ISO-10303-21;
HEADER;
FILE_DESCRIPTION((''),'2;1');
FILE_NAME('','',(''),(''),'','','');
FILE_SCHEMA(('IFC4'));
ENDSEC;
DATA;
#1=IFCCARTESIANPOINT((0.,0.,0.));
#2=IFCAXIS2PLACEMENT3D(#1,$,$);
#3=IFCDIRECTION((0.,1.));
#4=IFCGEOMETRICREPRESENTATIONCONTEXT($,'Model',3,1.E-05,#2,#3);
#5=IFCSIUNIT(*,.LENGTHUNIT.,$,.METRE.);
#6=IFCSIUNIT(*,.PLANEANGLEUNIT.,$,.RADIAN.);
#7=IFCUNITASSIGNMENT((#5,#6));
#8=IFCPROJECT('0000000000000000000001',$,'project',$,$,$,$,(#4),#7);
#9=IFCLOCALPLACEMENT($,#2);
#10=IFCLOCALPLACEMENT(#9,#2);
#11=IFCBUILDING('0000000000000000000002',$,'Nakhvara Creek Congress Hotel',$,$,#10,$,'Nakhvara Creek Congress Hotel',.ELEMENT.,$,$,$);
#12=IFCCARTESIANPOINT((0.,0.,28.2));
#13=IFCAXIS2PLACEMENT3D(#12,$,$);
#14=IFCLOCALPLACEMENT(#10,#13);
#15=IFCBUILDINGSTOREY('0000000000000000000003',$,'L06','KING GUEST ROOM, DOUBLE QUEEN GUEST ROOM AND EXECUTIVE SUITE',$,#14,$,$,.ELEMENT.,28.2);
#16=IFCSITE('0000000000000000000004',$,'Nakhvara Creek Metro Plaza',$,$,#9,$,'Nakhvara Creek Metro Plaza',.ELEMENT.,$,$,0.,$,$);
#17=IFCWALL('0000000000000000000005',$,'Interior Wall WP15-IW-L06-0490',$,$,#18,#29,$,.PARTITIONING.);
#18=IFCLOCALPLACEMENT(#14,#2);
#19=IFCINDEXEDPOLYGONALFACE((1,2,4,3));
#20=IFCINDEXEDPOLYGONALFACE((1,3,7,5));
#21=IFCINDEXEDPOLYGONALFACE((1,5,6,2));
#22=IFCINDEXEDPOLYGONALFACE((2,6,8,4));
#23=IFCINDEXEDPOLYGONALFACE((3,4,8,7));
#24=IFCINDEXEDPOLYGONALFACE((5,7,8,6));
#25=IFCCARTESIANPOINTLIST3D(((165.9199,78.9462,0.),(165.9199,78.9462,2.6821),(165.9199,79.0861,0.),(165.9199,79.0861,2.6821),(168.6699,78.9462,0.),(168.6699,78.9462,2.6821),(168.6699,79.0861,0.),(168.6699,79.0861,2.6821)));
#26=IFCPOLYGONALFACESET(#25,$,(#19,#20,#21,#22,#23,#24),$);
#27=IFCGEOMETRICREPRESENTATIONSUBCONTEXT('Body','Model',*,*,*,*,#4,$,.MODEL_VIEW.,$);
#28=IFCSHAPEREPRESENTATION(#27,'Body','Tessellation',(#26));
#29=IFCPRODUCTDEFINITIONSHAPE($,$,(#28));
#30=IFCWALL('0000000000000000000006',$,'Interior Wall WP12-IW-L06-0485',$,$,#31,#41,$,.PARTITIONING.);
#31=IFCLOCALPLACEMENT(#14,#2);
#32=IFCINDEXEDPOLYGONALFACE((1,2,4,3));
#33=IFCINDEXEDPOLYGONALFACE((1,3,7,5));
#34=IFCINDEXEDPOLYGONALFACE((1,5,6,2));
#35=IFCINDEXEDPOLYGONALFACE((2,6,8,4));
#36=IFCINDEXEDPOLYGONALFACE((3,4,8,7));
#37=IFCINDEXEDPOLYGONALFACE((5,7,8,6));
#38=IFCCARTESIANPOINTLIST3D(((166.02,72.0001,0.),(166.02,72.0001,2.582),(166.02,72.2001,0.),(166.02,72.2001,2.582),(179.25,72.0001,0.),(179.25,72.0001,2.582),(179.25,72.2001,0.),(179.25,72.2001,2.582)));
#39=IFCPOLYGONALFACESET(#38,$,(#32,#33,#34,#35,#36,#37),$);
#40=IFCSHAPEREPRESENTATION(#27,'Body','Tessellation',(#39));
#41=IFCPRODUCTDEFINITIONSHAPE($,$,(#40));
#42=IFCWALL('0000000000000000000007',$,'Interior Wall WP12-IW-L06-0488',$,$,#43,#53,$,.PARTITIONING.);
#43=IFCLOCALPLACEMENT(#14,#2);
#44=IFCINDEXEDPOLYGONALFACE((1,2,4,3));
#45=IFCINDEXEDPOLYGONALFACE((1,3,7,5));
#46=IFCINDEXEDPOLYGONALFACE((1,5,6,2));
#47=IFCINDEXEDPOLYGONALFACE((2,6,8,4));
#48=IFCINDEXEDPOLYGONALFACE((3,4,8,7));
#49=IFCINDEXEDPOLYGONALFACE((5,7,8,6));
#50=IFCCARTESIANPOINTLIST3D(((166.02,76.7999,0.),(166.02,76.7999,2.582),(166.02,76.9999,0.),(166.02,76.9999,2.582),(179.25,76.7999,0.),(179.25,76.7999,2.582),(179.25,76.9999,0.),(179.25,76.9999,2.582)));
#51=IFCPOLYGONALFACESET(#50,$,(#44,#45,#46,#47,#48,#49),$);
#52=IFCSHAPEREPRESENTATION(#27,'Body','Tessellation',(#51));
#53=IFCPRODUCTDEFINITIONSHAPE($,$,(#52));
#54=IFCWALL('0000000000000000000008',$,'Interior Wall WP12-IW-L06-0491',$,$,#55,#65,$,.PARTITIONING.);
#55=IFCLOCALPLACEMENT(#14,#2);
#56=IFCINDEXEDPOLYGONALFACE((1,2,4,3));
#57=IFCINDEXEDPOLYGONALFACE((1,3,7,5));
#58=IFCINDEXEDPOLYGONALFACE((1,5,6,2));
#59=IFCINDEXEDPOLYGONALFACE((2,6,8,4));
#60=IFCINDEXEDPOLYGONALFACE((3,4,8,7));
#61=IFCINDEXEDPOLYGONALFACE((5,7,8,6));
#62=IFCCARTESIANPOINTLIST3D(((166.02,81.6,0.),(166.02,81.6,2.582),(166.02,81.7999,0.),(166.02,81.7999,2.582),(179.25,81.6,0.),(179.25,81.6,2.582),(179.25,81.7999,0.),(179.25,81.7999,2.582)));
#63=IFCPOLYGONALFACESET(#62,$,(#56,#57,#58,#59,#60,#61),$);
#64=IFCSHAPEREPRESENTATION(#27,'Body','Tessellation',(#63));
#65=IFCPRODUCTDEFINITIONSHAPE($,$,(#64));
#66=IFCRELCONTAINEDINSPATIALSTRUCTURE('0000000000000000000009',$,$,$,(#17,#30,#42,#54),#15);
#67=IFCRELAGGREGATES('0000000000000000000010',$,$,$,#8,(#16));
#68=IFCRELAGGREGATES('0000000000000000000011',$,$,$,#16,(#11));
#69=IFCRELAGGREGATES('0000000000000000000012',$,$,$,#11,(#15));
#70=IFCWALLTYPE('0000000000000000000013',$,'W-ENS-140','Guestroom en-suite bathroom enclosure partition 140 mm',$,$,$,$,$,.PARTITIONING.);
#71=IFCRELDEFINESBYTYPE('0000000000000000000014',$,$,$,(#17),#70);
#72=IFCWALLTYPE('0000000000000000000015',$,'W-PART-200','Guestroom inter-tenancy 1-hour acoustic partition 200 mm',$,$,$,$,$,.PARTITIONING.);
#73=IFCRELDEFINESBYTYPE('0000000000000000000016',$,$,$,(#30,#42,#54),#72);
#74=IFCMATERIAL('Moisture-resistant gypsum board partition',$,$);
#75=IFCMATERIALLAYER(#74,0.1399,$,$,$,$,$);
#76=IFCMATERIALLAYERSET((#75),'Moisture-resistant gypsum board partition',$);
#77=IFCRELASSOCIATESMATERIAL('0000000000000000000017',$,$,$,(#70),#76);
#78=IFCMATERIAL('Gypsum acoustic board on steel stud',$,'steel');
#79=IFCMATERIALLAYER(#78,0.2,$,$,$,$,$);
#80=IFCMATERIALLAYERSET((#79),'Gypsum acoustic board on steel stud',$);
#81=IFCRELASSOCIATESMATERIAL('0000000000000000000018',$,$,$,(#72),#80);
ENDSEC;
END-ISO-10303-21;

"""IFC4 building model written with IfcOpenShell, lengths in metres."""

from ifc_helpers import new_model, si_unit, direction, frame, frame_2d, origin, place, context, subcontext, project, spatial, rectangle, extrude, material, layer, layer_set, type_object, element, save


model = new_model("IFC4")

# Units and contexts
model_context = context("Model", 3, precision=1e-05, world=origin(), true_north=direction((0.0, 1.0)))
body_context = subcontext(model_context, "Body", "Model", "MODEL_VIEW")
ifc_project = project(units=[si_unit("LENGTHUNIT", "METRE"), si_unit("PLANEANGLEUNIT", "RADIAN")], contexts=[model_context])

# Site, building, storey
site_placement = place(None, origin())
site = spatial("IfcSite", under=ifc_project, at=site_placement, Name="Nakhvara Creek Metro Plaza", LongName="Nakhvara Creek Metro Plaza", CompositionType="ELEMENT", RefElevation=0.0)
building_placement = place(site_placement, origin())
building = spatial("IfcBuilding", under=site, at=building_placement, Name="Nakhvara Creek Congress Hotel", LongName="Nakhvara Creek Congress Hotel", CompositionType="ELEMENT")
storey_placement = place(building_placement, frame((0.0, 0.0, 28.2)))
storey = spatial("IfcBuildingStorey", under=building, at=storey_placement, Name="L06", Description="KING GUEST ROOM, DOUBLE QUEEN GUEST ROOM AND EXECUTIVE SUITE", CompositionType="ELEMENT", Elevation=28.2)

# Shared definitions
ifc_material_1 = material(Name="Moisture-resistant gypsum board partition")
ifc_layer_1 = layer(ifc_material_1, 0.1399)
ifc_layer_set_1 = layer_set([ifc_layer_1], Name="Moisture-resistant gypsum board partition")
wall_type_1 = type_object("IfcWallType", Name="W-ENS-140", Description="Guestroom en-suite bathroom enclosure partition 140 mm", PredefinedType="PARTITIONING", material=ifc_layer_set_1)

# Walls
wall_1_placement = place(storey_placement, frame((165.9199, 79.0161, 0.0), z_axis=(0.0, 0.0, 1.0), x_axis=(1.0, 0.0, 0.0)))
element("IfcWall", 1, at=wall_1_placement, inside=storey, type_object=wall_type_1, Name="Interior Wall WP15-IW-L06-0490", PredefinedType="PARTITIONING", context=body_context, shape_type="SweptSolid", body=[
    extrude(rectangle(XDim=2.75, YDim=0.1399, at=frame_2d((1.375, 0.0))), origin(), (0.0, 0.0, 1.0), 2.6821),
])
ifc_material_2 = material(Name="Gypsum acoustic board on steel stud", Category="steel")
ifc_layer_2 = layer(ifc_material_2, 0.2)
ifc_layer_set_2 = layer_set([ifc_layer_2], Name="Gypsum acoustic board on steel stud")
wall_type_2 = type_object("IfcWallType", Name="W-PART-200", Description="Guestroom inter-tenancy 1-hour acoustic partition 200 mm", PredefinedType="PARTITIONING", material=ifc_layer_set_2)
for number, where, z_axis, x_axis, name in (
    (2, (166.02, 72.1001, 0.0), (0.0, 0.0, 1.0), (1.0, 0.0, 0.0), "Interior Wall WP12-IW-L06-0485"),
    (3, (166.02, 76.8999, 0.0), (0.0, 0.0, 1.0), (1.0, 0.0, 0.0), "Interior Wall WP12-IW-L06-0488"),
    (4, (166.02, 81.7, 0.0), (0.0, 0.0, 1.0), (1.0, 0.0, 0.0), "Interior Wall WP12-IW-L06-0491"),
):
    element("IfcWall", number, at=place(storey_placement, frame(where, z_axis=z_axis, x_axis=x_axis)), inside=storey, type_object=wall_type_2, Name=name, PredefinedType="PARTITIONING", context=body_context, shape_type="SweptSolid", body=[
        extrude(rectangle(XDim=13.23, YDim=0.2, at=frame_2d((6.615, 0.0))), origin(), (0.0, 0.0, 1.0), 2.582),
    ])

save(model, "model.ifc")
